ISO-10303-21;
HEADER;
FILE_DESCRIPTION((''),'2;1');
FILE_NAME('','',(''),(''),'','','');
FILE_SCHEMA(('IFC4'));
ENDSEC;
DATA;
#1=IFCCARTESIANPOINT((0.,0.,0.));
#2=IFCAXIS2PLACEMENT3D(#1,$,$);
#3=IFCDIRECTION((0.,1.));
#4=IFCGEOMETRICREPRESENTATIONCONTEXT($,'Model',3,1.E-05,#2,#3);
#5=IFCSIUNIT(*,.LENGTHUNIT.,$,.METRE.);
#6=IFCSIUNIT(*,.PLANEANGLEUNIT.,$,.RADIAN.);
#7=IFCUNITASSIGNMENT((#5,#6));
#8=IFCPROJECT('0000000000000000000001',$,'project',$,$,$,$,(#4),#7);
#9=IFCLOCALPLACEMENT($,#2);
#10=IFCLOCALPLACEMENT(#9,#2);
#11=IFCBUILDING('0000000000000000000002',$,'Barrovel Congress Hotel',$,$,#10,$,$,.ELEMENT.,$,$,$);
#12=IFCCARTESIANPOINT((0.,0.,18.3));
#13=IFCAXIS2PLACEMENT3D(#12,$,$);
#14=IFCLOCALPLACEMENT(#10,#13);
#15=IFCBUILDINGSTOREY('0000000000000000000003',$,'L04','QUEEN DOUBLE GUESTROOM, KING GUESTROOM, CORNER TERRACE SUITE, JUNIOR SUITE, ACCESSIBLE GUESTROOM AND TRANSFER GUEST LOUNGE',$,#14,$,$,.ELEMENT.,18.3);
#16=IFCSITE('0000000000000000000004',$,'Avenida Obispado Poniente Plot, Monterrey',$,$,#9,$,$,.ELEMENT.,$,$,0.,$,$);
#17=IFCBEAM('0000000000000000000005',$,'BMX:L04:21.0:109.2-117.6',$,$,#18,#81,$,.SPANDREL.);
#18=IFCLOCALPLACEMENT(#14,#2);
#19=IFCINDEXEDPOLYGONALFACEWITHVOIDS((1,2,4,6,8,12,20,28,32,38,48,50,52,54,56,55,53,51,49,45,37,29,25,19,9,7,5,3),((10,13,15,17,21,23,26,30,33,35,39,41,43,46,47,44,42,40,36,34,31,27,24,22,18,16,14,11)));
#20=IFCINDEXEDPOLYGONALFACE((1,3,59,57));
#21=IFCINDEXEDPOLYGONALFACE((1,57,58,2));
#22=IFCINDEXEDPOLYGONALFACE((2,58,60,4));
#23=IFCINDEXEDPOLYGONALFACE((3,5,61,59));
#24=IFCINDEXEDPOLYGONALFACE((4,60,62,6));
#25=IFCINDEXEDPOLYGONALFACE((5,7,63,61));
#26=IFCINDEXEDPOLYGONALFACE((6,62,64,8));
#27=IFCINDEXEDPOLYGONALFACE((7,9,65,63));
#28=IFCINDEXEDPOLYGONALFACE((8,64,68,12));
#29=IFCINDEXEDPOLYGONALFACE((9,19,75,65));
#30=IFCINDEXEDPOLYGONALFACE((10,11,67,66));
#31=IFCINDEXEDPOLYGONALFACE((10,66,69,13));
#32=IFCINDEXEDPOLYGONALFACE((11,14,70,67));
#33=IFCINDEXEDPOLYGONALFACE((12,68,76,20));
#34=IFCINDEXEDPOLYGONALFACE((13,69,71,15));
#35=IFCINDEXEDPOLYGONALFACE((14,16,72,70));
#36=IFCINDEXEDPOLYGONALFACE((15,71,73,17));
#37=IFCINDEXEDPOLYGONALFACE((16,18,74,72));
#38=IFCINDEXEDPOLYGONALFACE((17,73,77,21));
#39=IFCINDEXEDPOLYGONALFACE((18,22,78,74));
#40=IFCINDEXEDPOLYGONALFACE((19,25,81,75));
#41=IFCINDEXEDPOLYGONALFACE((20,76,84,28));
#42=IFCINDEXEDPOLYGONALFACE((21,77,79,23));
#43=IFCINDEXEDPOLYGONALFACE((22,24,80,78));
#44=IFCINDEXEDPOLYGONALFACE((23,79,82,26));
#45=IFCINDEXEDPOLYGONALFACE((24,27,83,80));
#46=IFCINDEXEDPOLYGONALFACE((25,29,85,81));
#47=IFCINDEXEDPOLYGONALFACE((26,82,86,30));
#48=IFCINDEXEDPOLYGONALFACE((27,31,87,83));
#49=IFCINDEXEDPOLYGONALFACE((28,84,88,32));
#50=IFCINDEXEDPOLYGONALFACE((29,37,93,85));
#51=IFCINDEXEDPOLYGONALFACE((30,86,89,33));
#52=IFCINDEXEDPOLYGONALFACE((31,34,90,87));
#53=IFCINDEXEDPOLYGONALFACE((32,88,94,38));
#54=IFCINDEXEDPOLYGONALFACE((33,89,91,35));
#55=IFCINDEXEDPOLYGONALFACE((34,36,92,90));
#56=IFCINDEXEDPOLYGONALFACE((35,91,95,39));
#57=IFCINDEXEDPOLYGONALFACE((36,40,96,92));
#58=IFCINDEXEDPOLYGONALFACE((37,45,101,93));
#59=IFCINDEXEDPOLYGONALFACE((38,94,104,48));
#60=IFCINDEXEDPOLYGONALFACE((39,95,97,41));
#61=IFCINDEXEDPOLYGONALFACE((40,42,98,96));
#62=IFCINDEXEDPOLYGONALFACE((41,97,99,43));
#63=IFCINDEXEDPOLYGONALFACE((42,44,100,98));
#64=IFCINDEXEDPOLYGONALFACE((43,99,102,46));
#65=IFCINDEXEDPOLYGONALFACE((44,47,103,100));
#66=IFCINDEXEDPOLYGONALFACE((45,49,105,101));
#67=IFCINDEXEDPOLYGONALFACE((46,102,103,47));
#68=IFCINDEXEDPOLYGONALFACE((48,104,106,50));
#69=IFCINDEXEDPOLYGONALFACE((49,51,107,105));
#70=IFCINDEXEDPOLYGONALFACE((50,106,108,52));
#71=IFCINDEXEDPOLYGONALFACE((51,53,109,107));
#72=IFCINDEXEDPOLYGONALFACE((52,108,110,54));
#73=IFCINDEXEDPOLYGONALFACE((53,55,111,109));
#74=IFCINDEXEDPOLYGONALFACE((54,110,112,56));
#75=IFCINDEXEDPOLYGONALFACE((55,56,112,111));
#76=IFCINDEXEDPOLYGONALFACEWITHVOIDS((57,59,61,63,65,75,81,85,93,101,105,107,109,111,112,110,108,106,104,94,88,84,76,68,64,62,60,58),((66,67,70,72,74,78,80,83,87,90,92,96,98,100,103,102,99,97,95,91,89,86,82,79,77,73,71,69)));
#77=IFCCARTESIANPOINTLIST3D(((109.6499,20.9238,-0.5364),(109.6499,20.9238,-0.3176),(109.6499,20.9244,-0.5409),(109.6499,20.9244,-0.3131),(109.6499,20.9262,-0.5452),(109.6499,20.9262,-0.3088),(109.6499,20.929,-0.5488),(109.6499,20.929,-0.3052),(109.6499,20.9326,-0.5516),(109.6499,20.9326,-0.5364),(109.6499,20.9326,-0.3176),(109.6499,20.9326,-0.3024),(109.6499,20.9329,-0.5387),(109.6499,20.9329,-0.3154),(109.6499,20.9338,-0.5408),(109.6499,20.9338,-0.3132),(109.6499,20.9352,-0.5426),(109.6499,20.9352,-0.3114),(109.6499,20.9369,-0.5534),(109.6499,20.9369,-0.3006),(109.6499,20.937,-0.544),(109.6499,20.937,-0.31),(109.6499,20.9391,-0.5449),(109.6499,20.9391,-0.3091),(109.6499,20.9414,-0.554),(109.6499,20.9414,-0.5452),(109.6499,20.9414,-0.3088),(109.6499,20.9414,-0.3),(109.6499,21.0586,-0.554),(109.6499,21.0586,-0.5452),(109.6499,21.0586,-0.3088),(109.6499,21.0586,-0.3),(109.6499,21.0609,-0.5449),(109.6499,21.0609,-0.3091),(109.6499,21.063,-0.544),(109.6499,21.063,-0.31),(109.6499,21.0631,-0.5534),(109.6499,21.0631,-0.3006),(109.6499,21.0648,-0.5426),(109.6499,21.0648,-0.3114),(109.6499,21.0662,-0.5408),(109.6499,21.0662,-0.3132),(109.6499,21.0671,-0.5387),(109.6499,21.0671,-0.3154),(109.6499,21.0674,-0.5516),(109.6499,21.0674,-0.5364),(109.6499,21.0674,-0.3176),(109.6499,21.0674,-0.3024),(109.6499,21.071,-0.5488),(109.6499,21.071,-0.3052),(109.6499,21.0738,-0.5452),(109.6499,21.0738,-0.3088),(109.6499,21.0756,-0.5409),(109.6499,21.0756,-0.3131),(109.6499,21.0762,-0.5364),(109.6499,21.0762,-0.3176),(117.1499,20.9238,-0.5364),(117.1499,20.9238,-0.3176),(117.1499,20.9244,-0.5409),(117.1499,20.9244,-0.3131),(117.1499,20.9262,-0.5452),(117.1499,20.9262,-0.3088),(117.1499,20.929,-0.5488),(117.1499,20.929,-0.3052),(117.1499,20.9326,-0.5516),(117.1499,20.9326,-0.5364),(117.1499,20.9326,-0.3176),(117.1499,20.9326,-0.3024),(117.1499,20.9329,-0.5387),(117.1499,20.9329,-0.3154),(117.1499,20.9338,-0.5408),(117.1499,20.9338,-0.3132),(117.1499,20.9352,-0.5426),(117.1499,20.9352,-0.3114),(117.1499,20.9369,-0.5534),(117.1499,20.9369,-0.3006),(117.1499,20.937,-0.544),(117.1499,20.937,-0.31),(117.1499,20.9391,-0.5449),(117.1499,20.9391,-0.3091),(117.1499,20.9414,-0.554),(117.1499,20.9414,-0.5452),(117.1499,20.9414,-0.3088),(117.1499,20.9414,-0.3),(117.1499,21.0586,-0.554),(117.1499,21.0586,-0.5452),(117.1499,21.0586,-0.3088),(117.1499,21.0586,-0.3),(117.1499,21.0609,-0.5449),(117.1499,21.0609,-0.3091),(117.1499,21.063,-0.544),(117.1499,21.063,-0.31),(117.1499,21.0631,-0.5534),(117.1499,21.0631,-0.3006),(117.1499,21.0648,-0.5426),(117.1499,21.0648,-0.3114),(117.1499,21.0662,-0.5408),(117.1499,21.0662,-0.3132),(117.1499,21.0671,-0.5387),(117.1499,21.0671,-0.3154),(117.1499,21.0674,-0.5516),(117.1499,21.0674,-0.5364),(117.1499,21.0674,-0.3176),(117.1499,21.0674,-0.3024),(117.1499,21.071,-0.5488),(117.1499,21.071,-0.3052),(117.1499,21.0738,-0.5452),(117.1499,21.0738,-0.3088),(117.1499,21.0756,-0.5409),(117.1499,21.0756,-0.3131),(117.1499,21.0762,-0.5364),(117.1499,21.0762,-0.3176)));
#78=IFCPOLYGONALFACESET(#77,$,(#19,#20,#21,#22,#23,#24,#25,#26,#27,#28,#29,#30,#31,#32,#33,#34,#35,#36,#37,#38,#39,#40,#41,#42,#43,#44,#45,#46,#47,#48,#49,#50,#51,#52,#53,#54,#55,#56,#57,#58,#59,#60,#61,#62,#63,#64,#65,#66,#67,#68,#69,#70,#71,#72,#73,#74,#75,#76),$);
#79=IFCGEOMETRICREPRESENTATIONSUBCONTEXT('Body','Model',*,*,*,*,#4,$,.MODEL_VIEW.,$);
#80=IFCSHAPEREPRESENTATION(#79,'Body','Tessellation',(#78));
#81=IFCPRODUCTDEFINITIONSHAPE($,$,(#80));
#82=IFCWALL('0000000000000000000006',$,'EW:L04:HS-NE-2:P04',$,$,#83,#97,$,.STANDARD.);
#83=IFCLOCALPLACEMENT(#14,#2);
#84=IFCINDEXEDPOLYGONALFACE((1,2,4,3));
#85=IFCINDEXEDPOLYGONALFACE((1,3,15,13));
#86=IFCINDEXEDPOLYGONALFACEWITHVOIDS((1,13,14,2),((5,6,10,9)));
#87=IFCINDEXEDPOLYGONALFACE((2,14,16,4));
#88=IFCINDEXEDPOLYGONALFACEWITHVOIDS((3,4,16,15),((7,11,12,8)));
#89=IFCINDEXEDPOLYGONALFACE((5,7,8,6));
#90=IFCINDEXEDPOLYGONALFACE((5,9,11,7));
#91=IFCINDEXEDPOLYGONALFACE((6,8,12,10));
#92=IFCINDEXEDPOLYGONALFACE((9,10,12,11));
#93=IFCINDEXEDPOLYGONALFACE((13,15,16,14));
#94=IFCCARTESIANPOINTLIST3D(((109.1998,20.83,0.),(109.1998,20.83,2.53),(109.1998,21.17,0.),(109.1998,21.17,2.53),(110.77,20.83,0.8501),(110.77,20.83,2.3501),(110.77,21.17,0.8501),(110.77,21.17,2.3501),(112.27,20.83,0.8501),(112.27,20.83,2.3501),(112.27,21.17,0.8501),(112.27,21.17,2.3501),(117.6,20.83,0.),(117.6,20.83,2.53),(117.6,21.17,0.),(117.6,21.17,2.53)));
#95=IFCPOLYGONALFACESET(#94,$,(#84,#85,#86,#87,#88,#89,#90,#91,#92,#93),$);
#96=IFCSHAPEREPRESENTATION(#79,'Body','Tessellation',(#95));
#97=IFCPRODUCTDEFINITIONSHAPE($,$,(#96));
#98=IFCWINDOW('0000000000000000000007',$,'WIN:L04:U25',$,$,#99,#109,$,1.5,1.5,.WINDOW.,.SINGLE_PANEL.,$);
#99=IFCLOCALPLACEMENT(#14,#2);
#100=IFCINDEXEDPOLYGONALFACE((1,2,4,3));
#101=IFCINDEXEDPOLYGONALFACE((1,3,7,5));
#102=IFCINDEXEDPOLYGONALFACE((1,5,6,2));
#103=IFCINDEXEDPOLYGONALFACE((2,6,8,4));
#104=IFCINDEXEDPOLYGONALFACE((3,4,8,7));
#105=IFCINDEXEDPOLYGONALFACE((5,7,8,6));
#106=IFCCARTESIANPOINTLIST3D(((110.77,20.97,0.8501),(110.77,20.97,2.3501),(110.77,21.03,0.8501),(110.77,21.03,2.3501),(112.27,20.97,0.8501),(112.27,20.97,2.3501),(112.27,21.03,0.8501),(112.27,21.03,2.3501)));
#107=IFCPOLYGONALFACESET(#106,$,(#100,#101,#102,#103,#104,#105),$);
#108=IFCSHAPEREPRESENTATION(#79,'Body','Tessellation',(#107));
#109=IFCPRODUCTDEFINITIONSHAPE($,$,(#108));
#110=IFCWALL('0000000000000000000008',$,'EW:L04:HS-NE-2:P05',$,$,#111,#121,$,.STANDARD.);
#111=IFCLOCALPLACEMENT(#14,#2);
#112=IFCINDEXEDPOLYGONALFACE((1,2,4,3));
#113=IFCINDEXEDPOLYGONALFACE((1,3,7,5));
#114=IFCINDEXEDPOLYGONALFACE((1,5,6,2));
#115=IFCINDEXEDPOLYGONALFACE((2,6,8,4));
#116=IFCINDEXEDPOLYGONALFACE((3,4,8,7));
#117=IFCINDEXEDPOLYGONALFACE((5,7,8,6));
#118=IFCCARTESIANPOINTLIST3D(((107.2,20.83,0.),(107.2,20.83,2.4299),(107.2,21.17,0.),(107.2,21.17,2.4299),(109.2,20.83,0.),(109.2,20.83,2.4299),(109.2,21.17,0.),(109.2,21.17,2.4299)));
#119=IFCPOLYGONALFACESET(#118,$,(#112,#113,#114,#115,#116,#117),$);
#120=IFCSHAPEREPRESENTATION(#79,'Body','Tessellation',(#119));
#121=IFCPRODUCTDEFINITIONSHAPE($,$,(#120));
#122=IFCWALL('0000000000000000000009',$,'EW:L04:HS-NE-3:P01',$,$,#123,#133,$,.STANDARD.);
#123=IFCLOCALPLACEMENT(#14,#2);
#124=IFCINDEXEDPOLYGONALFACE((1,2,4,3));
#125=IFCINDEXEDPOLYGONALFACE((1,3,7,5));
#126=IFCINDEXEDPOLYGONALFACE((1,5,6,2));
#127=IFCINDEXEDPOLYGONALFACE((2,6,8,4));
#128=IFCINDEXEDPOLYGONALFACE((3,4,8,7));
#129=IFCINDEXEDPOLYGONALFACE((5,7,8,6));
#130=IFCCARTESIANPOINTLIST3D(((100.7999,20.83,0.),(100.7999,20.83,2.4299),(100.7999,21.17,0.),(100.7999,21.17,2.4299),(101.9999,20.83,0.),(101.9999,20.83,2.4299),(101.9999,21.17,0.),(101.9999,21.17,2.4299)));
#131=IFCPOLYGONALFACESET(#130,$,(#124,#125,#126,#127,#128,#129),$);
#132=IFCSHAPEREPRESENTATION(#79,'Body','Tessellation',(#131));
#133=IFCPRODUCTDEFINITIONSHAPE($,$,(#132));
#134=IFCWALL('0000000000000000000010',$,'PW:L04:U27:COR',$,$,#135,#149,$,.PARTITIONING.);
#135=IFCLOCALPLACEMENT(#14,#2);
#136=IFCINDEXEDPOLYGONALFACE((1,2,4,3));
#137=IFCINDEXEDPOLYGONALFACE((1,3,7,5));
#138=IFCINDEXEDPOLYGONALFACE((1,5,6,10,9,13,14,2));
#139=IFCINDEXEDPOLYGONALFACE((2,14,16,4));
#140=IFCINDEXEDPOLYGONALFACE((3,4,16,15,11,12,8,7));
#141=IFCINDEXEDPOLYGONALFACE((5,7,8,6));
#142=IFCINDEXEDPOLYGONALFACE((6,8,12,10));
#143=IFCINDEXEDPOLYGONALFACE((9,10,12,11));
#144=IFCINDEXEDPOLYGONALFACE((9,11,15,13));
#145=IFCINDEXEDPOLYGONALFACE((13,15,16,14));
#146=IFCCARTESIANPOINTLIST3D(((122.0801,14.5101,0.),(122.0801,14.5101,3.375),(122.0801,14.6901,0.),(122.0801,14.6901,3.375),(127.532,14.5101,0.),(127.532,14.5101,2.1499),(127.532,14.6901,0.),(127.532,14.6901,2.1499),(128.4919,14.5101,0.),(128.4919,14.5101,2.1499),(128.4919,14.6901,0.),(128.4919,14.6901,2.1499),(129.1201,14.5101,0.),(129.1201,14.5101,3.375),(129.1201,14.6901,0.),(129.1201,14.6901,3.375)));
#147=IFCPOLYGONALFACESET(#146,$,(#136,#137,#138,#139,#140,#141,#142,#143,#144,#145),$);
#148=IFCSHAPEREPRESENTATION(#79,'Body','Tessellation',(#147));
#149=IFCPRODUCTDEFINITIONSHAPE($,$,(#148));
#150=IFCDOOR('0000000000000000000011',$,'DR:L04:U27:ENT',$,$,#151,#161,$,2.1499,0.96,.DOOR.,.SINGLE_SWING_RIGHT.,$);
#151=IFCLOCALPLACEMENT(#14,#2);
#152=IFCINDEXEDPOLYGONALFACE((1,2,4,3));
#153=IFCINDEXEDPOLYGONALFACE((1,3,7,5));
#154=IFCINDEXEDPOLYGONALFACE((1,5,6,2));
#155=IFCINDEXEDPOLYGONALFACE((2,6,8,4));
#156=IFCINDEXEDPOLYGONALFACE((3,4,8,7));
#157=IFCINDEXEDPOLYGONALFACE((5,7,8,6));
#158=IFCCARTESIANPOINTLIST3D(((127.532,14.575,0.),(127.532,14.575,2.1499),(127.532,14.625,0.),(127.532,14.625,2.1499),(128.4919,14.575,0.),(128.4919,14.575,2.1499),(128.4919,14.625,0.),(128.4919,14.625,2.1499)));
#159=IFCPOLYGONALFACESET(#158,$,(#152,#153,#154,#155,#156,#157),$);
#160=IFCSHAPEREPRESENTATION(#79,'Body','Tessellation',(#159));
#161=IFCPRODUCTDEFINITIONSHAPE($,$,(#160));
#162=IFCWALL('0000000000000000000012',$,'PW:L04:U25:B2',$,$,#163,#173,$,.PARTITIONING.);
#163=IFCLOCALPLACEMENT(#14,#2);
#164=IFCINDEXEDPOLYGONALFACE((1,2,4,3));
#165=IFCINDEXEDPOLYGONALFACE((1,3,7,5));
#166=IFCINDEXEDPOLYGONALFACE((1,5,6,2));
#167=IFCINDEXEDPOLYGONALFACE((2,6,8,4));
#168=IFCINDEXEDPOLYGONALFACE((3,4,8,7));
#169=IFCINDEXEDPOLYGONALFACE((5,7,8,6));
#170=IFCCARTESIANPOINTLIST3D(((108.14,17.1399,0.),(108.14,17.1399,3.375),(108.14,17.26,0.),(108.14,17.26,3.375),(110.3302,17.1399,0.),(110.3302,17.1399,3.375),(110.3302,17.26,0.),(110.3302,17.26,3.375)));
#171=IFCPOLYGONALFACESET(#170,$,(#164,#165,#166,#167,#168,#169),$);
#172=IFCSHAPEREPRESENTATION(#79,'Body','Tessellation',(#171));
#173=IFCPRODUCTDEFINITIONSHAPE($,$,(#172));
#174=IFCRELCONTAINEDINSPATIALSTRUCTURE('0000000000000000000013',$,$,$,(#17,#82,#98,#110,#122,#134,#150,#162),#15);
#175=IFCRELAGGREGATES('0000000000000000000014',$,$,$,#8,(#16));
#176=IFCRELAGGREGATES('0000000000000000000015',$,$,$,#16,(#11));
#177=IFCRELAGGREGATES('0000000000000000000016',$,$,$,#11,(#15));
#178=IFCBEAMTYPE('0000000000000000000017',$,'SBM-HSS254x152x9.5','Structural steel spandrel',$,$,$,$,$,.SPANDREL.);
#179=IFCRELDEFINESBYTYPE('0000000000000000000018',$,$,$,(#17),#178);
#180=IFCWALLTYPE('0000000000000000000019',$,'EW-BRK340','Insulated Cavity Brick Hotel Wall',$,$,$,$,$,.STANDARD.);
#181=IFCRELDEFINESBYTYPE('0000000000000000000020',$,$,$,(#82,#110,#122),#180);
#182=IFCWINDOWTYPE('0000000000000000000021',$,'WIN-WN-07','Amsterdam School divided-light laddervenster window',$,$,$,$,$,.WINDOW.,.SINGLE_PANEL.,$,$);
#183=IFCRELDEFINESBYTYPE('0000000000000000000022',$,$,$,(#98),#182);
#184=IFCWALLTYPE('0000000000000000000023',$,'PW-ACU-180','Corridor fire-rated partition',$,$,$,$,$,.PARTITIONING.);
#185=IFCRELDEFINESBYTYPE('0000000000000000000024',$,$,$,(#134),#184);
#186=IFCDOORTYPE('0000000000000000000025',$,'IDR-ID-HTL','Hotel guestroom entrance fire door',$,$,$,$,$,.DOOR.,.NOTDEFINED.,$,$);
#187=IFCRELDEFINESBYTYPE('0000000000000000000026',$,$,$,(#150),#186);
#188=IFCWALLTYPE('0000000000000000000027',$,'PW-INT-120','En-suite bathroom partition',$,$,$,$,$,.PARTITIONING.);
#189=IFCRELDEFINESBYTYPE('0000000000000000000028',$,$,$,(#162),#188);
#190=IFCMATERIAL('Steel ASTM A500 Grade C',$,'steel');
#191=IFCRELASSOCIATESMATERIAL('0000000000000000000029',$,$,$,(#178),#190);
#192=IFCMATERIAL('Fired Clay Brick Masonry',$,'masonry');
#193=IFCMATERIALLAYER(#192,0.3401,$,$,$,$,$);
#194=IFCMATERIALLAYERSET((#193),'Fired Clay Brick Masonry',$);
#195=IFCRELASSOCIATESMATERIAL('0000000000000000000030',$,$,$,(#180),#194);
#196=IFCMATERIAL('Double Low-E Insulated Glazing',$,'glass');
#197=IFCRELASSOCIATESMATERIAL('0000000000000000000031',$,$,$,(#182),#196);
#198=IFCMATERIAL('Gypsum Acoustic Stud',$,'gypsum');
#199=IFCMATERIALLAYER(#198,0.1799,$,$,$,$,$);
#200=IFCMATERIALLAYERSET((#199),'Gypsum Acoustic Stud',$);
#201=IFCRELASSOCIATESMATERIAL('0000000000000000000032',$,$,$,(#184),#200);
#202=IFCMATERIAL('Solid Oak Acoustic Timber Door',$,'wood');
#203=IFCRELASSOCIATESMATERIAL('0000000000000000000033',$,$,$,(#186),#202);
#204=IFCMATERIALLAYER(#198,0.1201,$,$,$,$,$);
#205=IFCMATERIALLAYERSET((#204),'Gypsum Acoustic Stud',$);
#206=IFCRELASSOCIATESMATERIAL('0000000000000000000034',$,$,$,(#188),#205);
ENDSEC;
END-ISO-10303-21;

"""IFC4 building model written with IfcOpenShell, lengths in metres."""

from ifc_helpers import new_model, si_unit, direction, frame, frame_2d, origin, origin_2d, place, context, subcontext, project, spatial, rectangle, hollow_rectangle, extrude, material, layer, layer_set, material_profile, profile_set, type_object, element, fill, save


model = new_model("IFC4")

# Units and contexts
model_context = context("Model", 3, precision=1e-05, world=origin(), true_north=direction((0.0, 1.0)))
body_context = subcontext(model_context, "Body", "Model", "MODEL_VIEW")
ifc_project = project(units=[si_unit("LENGTHUNIT", "METRE"), si_unit("PLANEANGLEUNIT", "RADIAN")], contexts=[model_context])

# Site, building, storey
site_placement = place(None, origin())
site = spatial("IfcSite", under=ifc_project, at=site_placement, Name="Avenida Obispado Poniente Plot, Monterrey", CompositionType="ELEMENT", RefElevation=0.0)
building_placement = place(site_placement, origin())
building = spatial("IfcBuilding", under=site, at=building_placement, Name="Barrovel Congress Hotel", CompositionType="ELEMENT")
storey_placement = place(building_placement, frame((0.0, 0.0, 18.3)))
storey = spatial("IfcBuildingStorey", under=building, at=storey_placement, Name="L04", Description="QUEEN DOUBLE GUESTROOM, KING GUESTROOM, CORNER TERRACE SUITE, JUNIOR SUITE, ACCESSIBLE GUESTROOM AND TRANSFER GUEST LOUNGE", CompositionType="ELEMENT", Elevation=18.3)

# Beam
ifc_material_1 = material(Name="Steel ASTM A500 Grade C", Category="steel")
ifc_material_profile_1 = material_profile(ifc_material_1, hollow_rectangle(XDim=0.1523, YDim=0.2539, WallThickness=0.0088, InnerFilletRadius=0.0088, OuterFilletRadius=0.0176, at=origin_2d()), Name="HSS254x152x9.5")
ifc_profile_set_1 = profile_set([ifc_material_profile_1], Name="Steel ASTM A500 Grade C")
beam_type_1 = type_object("IfcBeamType", Name="SBM-HSS254x152x9.5", Description="Structural steel spandrel", PredefinedType="SPANDREL", material=ifc_profile_set_1)
beam_1_placement = place(storey_placement, frame((109.6499, 21.0, -0.427), z_axis=(1.0, 0.0, 0.0), x_axis=(0.0, 1.0, 0.0)))
element("IfcBeam", 1, at=beam_1_placement, inside=storey, type_object=beam_type_1, Name="BMX:L04:21.0:109.2-117.6", PredefinedType="SPANDREL", context=body_context, shape_type="SweptSolid", body=[
    extrude(hollow_rectangle(XDim=0.1523, YDim=0.2539, WallThickness=0.0088, InnerFilletRadius=0.0088, OuterFilletRadius=0.0176, at=origin_2d()), origin(), (0.0, 0.0, 1.0), 7.5),
])

# Wall, opening, window
ifc_material_2 = material(Name="Fired Clay Brick Masonry", Category="masonry")
ifc_layer_1 = layer(ifc_material_2, 0.3401)
ifc_layer_set_1 = layer_set([ifc_layer_1], Name="Fired Clay Brick Masonry")
wall_type_1 = type_object("IfcWallType", Name="EW-BRK340", Description="Insulated Cavity Brick Hotel Wall", PredefinedType="STANDARD", material=ifc_layer_set_1)
wall_1_placement = place(storey_placement, frame((117.6001, 21.0, 0.0), z_axis=(0.0, 0.0, 1.0), x_axis=(-1.0, 0.0, 0.0)))
wall_1 = element("IfcWall", 2, at=wall_1_placement, inside=storey, type_object=wall_type_1, Name="EW:L04:HS-NE-2:P04", PredefinedType="STANDARD", context=body_context, shape_type="SweptSolid", body=[
    extrude(rectangle(XDim=8.4001, YDim=0.3401, at=frame_2d((4.2002, 0.0))), origin(), (0.0, 0.0, 1.0), 2.53),
])
opening_1_placement = place(wall_1_placement, frame((5.3301, 0.0, 0.8501)))
opening_1 = element("IfcOpeningElement", 3, at=opening_1_placement, cuts=wall_1, PredefinedType="OPENING", context=body_context, shape_type="SweptSolid", body=[
    extrude(rectangle(XDim=1.5, YDim=1.5, at=frame_2d((0.75, 0.75))), frame((0.0, 0.1802, 0.0), z_axis=(0.0, -1.0, 0.0), x_axis=(1.0, 0.0, 0.0)), (0.0, 0.0, 1.0), 0.3601),
])
ifc_material_3 = material(Name="Double Low-E Insulated Glazing", Category="glass")
window_type = type_object("IfcWindowType", Name="WIN-WN-07", Description="Amsterdam School divided-light laddervenster window", PartitioningType="SINGLE_PANEL", PredefinedType="WINDOW", material=ifc_material_3)
window_placement = place(opening_1_placement, origin())
window = element("IfcWindow", 4, at=window_placement, inside=storey, type_object=window_type, Name="WIN:L04:U25", OverallHeight=1.5, OverallWidth=1.5, PartitioningType="SINGLE_PANEL", PredefinedType="WINDOW", context=body_context, shape_type="SweptSolid", body=[
    extrude(rectangle(XDim=1.5, YDim=1.5, at=frame_2d((0.75, 0.75))), frame((0.0, 0.03, 0.0), z_axis=(0.0, -1.0, 0.0), x_axis=(1.0, 0.0, 0.0)), (0.0, 0.0, 1.0), 0.0601),
])
fill(opening_1, window)

# Walls
wall_2_placement = place(storey_placement, frame((109.2, 21.0, 0.0), z_axis=(0.0, 0.0, 1.0), x_axis=(-1.0, 0.0, 0.0)))
element("IfcWall", 5, at=wall_2_placement, inside=storey, type_object=wall_type_1, Name="EW:L04:HS-NE-2:P05", PredefinedType="STANDARD", context=body_context, shape_type="SweptSolid", body=[
    extrude(rectangle(XDim=2.0, YDim=0.3401, at=frame_2d((1.0, 0.0))), origin(), (0.0, 0.0, 1.0), 2.4299),
])
wall_3_placement = place(storey_placement, frame((102.0, 21.0, 0.0), z_axis=(0.0, 0.0, 1.0), x_axis=(-1.0, 0.0, 0.0)))
element("IfcWall", 6, at=wall_3_placement, inside=storey, type_object=wall_type_1, Name="EW:L04:HS-NE-3:P01", PredefinedType="STANDARD", context=body_context, shape_type="SweptSolid", body=[
    extrude(rectangle(XDim=1.2, YDim=0.3401, at=frame_2d((0.6001, 0.0))), origin(), (0.0, 0.0, 1.0), 2.4299),
])

# Wall, opening, door
ifc_material_4 = material(Name="Gypsum Acoustic Stud", Category="gypsum")
ifc_layer_2 = layer(ifc_material_4, 0.1799)
ifc_layer_set_2 = layer_set([ifc_layer_2], Name="Gypsum Acoustic Stud")
wall_type_2 = type_object("IfcWallType", Name="PW-ACU-180", Description="Corridor fire-rated partition", PredefinedType="PARTITIONING", material=ifc_layer_set_2)
wall_4_placement = place(storey_placement, frame((122.0801, 14.6001, 0.0), z_axis=(0.0, 0.0, 1.0), x_axis=(1.0, 0.0, 0.0)))
wall_4 = element("IfcWall", 7, at=wall_4_placement, inside=storey, type_object=wall_type_2, Name="PW:L04:U27:COR", PredefinedType="PARTITIONING", context=body_context, shape_type="SweptSolid", body=[
    extrude(rectangle(XDim=7.04, YDim=0.1799, at=frame_2d((3.52, 0.0))), origin(), (0.0, 0.0, 1.0), 3.375),
])
opening_2_placement = place(wall_4_placement, frame((5.4519, 0.0, 0.0)))
opening_2 = element("IfcOpeningElement", 8, at=opening_2_placement, cuts=wall_4, PredefinedType="OPENING", context=body_context, shape_type="SweptSolid", body=[
    extrude(rectangle(XDim=0.96, YDim=2.1499, at=frame_2d((0.48, 1.075))), frame((0.0, 0.1001, 0.0), z_axis=(0.0, -1.0, 0.0), x_axis=(1.0, 0.0, 0.0)), (0.0, 0.0, 1.0), 0.2),
])
ifc_material_5 = material(Name="Solid Oak Acoustic Timber Door", Category="wood")
door_type_1 = type_object("IfcDoorType", Name="IDR-ID-HTL", Description="Hotel guestroom entrance fire door", OperationType="NOTDEFINED", PredefinedType="DOOR", material=ifc_material_5)
door_1_placement = place(opening_2_placement, origin())
door_1 = element("IfcDoor", 9, at=door_1_placement, inside=storey, type_object=door_type_1, Name="DR:L04:U27:ENT", OperationType="SINGLE_SWING_RIGHT", OverallHeight=2.1499, OverallWidth=0.96, PredefinedType="DOOR", context=body_context, shape_type="SweptSolid", body=[
    extrude(rectangle(XDim=0.96, YDim=2.1499, at=frame_2d((0.48, 1.075))), frame((0.0, 0.0249, 0.0), z_axis=(0.0, -1.0, 0.0), x_axis=(1.0, 0.0, 0.0)), (0.0, 0.0, 1.0), 0.05),
])
fill(opening_2, door_1)

# Wall
ifc_layer_3 = layer(ifc_material_4, 0.1201)
ifc_layer_set_3 = layer_set([ifc_layer_3], Name="Gypsum Acoustic Stud")
wall_type_3 = type_object("IfcWallType", Name="PW-INT-120", Description="En-suite bathroom partition", PredefinedType="PARTITIONING", material=ifc_layer_set_3)
for number, where, z_axis, x_axis, name in (
    (10, (108.1399, 17.2, 0.0), (0.0, 0.0, 1.0), (1.0, 0.0, 0.0), "PW:L04:U25:B2"),
):
    element("IfcWall", number, at=place(storey_placement, frame(where, z_axis=z_axis, x_axis=x_axis)), inside=storey, type_object=wall_type_3, Name=name, PredefinedType="PARTITIONING", context=body_context, shape_type="SweptSolid", body=[
        extrude(rectangle(XDim=2.1902, YDim=0.1201, at=frame_2d((1.0952, 0.0))), origin(), (0.0, 0.0, 1.0), 3.375),
    ])

save(model, "model.ifc")
